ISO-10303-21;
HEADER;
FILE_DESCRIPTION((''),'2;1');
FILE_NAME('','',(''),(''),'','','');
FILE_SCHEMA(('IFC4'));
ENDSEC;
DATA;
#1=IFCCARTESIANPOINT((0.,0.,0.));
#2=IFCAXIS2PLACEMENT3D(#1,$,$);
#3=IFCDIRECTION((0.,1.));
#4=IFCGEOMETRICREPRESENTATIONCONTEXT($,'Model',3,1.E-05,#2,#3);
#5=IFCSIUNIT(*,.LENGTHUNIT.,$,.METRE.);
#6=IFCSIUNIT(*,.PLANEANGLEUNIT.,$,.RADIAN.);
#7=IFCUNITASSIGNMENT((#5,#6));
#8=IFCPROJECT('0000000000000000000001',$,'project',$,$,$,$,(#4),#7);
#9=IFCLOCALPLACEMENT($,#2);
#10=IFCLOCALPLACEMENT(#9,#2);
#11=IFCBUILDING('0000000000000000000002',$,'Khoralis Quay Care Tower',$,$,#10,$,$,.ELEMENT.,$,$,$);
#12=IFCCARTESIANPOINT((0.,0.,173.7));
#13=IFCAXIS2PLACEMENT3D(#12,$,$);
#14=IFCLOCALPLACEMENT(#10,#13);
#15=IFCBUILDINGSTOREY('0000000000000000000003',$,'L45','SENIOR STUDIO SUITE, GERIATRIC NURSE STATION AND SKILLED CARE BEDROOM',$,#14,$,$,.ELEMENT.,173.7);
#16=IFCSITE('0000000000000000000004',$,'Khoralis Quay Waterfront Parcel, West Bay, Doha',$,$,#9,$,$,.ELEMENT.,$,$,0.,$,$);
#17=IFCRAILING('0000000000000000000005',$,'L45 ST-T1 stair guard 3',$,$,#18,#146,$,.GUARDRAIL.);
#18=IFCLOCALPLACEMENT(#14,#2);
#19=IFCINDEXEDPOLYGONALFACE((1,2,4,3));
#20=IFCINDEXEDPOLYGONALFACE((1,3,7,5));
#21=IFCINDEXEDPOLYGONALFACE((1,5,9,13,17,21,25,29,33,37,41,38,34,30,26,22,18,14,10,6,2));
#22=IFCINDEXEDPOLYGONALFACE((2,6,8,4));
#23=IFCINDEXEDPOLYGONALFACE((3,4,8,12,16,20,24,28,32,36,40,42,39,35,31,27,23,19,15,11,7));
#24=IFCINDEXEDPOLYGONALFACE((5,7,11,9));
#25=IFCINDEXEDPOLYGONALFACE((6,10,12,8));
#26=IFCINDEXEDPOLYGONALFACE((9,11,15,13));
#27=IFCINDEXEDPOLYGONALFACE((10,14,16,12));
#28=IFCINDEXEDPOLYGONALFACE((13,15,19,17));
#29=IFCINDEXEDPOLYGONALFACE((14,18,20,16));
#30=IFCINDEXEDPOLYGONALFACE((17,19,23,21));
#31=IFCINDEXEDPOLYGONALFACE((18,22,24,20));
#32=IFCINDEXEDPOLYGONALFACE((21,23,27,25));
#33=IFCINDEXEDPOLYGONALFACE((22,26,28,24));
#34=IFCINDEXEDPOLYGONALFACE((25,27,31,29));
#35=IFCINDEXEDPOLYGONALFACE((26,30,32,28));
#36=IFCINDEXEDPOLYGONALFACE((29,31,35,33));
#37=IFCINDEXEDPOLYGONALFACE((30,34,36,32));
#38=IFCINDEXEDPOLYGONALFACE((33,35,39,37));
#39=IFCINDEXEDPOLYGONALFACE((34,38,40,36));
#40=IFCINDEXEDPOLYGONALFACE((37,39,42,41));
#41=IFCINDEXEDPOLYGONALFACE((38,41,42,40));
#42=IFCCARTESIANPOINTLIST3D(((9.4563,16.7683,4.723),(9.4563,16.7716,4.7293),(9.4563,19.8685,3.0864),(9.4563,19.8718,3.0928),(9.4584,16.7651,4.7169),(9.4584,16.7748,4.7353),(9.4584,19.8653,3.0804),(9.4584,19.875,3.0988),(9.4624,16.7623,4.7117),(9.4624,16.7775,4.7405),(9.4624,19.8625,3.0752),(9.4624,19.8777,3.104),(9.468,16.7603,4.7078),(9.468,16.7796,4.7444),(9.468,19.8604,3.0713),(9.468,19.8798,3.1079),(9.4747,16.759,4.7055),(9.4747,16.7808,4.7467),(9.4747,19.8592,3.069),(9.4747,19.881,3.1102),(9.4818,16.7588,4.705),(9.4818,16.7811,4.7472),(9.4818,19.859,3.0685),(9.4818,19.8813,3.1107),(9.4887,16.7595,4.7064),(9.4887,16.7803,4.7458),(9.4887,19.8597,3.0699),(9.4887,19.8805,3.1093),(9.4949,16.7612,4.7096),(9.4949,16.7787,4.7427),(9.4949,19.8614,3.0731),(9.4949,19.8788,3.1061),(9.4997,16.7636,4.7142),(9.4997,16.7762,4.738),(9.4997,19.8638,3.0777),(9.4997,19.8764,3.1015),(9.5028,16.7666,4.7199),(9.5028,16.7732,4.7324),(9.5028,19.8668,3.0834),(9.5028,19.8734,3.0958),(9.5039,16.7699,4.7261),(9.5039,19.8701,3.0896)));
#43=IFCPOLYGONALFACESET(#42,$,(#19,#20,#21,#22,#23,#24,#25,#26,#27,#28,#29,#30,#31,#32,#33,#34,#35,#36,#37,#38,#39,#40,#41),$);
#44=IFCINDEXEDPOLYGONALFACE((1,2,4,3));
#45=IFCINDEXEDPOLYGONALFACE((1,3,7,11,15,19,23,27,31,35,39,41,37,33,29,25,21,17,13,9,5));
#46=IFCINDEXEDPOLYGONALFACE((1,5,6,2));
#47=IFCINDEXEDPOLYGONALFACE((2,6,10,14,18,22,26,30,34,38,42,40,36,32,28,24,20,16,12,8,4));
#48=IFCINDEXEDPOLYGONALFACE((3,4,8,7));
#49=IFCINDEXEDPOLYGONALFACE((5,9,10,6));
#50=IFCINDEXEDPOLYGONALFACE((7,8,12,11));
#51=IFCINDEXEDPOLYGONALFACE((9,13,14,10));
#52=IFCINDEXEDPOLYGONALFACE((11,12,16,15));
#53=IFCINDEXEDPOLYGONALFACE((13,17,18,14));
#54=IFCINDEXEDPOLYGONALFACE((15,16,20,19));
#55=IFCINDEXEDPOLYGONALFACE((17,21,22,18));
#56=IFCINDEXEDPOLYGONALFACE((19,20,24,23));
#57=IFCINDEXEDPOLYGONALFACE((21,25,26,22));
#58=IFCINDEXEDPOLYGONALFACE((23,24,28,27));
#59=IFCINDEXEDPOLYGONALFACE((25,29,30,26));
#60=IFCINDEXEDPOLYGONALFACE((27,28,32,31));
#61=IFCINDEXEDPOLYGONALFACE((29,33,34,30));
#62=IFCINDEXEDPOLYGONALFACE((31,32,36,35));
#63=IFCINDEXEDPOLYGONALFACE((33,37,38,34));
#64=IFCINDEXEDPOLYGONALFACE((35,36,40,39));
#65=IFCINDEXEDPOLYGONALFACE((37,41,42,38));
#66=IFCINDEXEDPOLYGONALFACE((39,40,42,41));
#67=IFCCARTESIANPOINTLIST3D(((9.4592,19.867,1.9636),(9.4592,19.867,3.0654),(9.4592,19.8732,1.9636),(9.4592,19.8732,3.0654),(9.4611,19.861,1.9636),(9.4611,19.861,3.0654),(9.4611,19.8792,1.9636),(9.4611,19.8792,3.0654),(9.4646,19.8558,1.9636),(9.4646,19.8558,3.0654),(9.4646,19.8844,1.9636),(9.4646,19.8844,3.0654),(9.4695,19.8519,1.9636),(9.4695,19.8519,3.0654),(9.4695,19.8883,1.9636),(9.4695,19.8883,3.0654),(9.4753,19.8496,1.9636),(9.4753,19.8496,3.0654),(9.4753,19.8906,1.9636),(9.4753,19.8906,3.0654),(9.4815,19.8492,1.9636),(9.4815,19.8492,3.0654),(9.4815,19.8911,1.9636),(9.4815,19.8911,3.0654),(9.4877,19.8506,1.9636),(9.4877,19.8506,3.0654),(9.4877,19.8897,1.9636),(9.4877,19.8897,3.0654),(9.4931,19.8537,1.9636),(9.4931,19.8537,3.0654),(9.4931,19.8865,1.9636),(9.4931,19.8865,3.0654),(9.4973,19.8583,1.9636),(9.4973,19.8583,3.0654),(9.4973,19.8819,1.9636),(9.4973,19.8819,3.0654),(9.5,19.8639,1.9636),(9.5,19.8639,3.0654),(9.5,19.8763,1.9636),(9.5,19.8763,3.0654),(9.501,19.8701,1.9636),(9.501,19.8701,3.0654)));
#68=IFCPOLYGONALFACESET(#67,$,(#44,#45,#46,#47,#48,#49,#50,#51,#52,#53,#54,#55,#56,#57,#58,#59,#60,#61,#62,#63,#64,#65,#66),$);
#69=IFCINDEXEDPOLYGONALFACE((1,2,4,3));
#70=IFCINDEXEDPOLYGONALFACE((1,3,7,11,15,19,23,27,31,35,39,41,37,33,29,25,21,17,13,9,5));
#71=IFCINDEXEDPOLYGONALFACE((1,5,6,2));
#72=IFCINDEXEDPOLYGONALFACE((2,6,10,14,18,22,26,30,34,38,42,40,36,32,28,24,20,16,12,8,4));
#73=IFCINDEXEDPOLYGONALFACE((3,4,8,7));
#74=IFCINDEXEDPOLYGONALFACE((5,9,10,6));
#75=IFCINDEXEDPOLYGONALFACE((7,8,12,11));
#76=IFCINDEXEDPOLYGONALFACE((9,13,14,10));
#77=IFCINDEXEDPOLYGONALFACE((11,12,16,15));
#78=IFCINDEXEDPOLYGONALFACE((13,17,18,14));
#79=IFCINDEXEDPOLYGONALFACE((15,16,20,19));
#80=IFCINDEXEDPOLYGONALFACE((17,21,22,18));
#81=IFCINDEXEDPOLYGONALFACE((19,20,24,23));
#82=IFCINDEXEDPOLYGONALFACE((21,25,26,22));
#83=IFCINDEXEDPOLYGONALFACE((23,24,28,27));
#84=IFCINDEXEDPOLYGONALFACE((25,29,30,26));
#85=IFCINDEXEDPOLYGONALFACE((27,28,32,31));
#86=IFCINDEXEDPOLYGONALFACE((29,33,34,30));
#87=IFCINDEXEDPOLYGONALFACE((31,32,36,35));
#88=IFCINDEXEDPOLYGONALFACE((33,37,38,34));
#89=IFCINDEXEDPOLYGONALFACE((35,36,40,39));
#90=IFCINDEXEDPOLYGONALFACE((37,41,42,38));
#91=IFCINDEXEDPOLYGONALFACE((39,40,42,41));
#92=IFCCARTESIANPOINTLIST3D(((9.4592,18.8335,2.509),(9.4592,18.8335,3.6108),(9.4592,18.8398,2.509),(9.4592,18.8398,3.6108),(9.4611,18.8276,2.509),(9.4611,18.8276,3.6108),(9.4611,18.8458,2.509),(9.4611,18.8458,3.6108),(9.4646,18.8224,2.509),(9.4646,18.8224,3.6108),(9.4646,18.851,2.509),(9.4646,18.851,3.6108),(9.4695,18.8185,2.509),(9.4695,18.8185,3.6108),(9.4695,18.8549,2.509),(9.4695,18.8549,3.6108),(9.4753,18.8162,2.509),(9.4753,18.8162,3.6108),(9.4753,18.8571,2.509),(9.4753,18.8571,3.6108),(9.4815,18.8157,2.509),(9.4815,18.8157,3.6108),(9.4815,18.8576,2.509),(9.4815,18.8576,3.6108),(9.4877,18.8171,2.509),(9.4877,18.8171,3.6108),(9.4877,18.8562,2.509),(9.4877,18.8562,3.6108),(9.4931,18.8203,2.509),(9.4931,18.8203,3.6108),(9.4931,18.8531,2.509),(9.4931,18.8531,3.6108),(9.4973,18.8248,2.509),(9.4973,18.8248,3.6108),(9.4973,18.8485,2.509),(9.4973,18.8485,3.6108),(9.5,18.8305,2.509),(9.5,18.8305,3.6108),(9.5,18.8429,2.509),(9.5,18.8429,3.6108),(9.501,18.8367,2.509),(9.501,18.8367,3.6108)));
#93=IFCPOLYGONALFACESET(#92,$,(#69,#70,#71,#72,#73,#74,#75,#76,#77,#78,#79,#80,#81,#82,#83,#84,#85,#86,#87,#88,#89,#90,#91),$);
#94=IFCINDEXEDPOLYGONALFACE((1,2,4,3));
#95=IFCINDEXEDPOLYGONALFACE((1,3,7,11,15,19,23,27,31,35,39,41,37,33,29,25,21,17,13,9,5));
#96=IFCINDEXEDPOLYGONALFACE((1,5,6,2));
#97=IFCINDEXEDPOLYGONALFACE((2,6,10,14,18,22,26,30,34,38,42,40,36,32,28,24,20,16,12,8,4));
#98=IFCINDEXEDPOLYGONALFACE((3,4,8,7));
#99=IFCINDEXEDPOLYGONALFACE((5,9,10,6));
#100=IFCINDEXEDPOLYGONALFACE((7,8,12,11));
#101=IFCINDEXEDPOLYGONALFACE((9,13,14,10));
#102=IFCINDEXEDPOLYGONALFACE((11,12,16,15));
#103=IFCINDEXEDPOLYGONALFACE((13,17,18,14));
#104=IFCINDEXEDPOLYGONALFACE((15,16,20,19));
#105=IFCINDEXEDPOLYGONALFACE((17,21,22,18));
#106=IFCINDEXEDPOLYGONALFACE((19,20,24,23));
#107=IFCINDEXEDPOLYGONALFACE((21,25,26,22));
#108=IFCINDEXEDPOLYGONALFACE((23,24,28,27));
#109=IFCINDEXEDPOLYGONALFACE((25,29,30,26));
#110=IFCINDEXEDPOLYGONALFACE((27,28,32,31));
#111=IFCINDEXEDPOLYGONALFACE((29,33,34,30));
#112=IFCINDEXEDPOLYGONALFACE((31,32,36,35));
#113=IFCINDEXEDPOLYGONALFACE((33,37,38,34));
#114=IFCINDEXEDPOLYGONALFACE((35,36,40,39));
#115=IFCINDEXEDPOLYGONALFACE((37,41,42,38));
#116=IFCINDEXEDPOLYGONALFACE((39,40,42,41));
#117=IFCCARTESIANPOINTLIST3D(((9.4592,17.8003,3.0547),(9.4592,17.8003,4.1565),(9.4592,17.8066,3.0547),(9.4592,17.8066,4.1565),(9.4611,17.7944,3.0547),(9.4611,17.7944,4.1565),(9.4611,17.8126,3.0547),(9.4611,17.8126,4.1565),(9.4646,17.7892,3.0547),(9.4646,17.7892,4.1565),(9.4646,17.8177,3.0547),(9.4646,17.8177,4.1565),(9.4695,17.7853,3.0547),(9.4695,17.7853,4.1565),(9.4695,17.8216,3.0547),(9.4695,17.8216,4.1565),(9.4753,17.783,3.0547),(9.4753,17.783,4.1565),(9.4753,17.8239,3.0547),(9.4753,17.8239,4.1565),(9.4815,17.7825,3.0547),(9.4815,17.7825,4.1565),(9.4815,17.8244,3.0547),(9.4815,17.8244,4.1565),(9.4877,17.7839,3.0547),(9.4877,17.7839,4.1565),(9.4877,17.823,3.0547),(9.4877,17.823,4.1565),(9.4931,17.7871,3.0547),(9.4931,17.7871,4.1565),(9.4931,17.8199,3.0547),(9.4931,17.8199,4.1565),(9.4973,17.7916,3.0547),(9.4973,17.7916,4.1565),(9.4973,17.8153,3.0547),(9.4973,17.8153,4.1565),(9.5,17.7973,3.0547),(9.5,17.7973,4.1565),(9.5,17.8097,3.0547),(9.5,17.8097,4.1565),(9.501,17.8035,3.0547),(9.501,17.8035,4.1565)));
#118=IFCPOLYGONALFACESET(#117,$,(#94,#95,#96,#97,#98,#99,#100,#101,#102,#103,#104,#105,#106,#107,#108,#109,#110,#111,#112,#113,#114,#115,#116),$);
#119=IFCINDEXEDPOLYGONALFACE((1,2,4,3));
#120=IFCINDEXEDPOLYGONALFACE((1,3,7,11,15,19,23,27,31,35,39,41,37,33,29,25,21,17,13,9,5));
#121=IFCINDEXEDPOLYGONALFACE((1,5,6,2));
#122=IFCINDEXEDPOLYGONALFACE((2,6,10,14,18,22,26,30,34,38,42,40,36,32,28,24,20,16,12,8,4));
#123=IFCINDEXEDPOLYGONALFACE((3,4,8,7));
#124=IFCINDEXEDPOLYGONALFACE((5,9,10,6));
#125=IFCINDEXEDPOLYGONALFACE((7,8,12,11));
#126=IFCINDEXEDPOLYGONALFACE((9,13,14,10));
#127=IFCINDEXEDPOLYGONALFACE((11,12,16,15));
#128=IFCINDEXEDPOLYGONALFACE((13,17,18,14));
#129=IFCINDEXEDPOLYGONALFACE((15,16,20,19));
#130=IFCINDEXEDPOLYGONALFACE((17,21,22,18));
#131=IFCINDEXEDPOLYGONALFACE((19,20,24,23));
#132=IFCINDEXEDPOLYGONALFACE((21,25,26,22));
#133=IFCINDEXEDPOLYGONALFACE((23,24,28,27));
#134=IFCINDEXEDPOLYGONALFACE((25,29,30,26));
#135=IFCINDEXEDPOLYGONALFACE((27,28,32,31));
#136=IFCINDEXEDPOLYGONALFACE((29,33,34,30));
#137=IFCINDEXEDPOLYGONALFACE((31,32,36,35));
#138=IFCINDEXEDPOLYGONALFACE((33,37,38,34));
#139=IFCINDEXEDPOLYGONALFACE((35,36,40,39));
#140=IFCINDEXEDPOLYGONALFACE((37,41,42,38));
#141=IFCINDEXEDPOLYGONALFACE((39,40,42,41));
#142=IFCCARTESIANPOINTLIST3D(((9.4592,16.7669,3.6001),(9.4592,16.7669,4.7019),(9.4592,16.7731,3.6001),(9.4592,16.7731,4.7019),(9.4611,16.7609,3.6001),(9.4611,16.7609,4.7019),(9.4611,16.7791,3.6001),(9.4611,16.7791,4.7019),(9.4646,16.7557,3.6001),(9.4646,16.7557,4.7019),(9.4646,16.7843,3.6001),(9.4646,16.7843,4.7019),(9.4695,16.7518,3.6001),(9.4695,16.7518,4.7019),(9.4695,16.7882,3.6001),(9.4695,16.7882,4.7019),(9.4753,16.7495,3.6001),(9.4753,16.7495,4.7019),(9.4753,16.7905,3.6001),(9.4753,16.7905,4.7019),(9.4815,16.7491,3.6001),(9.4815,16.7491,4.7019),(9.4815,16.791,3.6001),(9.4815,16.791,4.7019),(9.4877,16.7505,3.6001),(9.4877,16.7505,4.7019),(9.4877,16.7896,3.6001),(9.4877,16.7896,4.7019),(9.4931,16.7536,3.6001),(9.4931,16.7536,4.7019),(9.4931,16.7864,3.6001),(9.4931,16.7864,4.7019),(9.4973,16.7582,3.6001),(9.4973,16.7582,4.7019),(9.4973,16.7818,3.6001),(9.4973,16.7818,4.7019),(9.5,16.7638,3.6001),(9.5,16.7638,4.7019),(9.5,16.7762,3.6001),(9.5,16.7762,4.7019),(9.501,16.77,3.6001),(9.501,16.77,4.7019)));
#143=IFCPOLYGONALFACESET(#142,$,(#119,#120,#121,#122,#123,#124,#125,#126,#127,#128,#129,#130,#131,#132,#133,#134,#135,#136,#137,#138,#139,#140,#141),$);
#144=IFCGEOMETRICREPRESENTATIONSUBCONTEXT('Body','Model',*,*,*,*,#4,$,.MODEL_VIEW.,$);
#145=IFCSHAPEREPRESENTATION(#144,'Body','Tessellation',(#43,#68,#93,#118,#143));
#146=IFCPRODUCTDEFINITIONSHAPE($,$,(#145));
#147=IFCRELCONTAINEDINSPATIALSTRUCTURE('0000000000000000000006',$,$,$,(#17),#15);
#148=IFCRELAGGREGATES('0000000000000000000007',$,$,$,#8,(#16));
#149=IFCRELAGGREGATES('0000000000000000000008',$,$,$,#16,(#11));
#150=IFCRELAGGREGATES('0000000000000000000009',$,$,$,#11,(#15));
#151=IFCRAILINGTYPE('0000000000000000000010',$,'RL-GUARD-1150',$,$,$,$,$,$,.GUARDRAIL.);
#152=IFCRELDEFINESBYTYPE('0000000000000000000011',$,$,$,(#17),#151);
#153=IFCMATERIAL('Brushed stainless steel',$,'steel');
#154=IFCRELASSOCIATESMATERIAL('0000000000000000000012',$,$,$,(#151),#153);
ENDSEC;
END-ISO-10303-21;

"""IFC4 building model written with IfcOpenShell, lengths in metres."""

from ifc_helpers import new_model, si_unit, direction, frame, origin, origin_2d, place, context, subcontext, project, spatial, circle, extrude, material, type_object, element, save


model = new_model("IFC4")

# Units and contexts
model_context = context("Model", 3, precision=1e-05, world=origin(), true_north=direction((0.0, 1.0)))
body_context = subcontext(model_context, "Body", "Model", "MODEL_VIEW")
ifc_project = project(units=[si_unit("LENGTHUNIT", "METRE"), si_unit("PLANEANGLEUNIT", "RADIAN")], contexts=[model_context])

# Site, building, storey
site_placement = place(None, origin())
site = spatial("IfcSite", under=ifc_project, at=site_placement, Name="Khoralis Quay Waterfront Parcel, West Bay, Doha", CompositionType="ELEMENT", RefElevation=0.0)
building_placement = place(site_placement, origin())
building = spatial("IfcBuilding", under=site, at=building_placement, Name="Khoralis Quay Care Tower", CompositionType="ELEMENT")
storey_placement = place(building_placement, frame((0.0, 0.0, 173.7)))
storey = spatial("IfcBuildingStorey", under=building, at=storey_placement, Name="L45", Description="SENIOR STUDIO SUITE, GERIATRIC NURSE STATION AND SKILLED CARE BEDROOM", CompositionType="ELEMENT", Elevation=173.7)

# Railing
ifc_material_1 = material(Name="Brushed stainless steel", Category="steel")
railing_type_1 = type_object("IfcRailingType", Name="RL-GUARD-1150", PredefinedType="GUARDRAIL", material=ifc_material_1)
railing_1_placement = place(storey_placement, frame((9.48, 19.8701, 1.9636)))
element("IfcRailing", 1, at=railing_1_placement, inside=storey, type_object=railing_type_1, Name="L45 ST-T1 stair guard 3", PredefinedType="GUARDRAIL", context=body_context, shape_type="SweptSolid", body=[
    extrude(circle(Radius=0.0239, at=origin_2d()), frame((0.0, 0.0, 1.126), z_axis=(0.0, -0.884348, 0.466828), x_axis=(1.0, 0.0, 0.0)), (0.0, 0.0, 1.0), 3.5056),
    extrude(circle(Radius=0.021, at=origin_2d()), origin(), (0.0, 0.0, 1.0), 1.1018),
    extrude(circle(Radius=0.021, at=origin_2d()), frame((0.0, -1.0334, 0.5454)), (0.0, 0.0, 1.0), 1.1018),
    extrude(circle(Radius=0.021, at=origin_2d()), frame((0.0, -2.0667, 1.0911)), (0.0, 0.0, 1.0), 1.1018),
    extrude(circle(Radius=0.021, at=origin_2d()), frame((0.0, -3.1001, 1.6365)), (0.0, 0.0, 1.0), 1.1018),
])

save(model, "model.ifc")
